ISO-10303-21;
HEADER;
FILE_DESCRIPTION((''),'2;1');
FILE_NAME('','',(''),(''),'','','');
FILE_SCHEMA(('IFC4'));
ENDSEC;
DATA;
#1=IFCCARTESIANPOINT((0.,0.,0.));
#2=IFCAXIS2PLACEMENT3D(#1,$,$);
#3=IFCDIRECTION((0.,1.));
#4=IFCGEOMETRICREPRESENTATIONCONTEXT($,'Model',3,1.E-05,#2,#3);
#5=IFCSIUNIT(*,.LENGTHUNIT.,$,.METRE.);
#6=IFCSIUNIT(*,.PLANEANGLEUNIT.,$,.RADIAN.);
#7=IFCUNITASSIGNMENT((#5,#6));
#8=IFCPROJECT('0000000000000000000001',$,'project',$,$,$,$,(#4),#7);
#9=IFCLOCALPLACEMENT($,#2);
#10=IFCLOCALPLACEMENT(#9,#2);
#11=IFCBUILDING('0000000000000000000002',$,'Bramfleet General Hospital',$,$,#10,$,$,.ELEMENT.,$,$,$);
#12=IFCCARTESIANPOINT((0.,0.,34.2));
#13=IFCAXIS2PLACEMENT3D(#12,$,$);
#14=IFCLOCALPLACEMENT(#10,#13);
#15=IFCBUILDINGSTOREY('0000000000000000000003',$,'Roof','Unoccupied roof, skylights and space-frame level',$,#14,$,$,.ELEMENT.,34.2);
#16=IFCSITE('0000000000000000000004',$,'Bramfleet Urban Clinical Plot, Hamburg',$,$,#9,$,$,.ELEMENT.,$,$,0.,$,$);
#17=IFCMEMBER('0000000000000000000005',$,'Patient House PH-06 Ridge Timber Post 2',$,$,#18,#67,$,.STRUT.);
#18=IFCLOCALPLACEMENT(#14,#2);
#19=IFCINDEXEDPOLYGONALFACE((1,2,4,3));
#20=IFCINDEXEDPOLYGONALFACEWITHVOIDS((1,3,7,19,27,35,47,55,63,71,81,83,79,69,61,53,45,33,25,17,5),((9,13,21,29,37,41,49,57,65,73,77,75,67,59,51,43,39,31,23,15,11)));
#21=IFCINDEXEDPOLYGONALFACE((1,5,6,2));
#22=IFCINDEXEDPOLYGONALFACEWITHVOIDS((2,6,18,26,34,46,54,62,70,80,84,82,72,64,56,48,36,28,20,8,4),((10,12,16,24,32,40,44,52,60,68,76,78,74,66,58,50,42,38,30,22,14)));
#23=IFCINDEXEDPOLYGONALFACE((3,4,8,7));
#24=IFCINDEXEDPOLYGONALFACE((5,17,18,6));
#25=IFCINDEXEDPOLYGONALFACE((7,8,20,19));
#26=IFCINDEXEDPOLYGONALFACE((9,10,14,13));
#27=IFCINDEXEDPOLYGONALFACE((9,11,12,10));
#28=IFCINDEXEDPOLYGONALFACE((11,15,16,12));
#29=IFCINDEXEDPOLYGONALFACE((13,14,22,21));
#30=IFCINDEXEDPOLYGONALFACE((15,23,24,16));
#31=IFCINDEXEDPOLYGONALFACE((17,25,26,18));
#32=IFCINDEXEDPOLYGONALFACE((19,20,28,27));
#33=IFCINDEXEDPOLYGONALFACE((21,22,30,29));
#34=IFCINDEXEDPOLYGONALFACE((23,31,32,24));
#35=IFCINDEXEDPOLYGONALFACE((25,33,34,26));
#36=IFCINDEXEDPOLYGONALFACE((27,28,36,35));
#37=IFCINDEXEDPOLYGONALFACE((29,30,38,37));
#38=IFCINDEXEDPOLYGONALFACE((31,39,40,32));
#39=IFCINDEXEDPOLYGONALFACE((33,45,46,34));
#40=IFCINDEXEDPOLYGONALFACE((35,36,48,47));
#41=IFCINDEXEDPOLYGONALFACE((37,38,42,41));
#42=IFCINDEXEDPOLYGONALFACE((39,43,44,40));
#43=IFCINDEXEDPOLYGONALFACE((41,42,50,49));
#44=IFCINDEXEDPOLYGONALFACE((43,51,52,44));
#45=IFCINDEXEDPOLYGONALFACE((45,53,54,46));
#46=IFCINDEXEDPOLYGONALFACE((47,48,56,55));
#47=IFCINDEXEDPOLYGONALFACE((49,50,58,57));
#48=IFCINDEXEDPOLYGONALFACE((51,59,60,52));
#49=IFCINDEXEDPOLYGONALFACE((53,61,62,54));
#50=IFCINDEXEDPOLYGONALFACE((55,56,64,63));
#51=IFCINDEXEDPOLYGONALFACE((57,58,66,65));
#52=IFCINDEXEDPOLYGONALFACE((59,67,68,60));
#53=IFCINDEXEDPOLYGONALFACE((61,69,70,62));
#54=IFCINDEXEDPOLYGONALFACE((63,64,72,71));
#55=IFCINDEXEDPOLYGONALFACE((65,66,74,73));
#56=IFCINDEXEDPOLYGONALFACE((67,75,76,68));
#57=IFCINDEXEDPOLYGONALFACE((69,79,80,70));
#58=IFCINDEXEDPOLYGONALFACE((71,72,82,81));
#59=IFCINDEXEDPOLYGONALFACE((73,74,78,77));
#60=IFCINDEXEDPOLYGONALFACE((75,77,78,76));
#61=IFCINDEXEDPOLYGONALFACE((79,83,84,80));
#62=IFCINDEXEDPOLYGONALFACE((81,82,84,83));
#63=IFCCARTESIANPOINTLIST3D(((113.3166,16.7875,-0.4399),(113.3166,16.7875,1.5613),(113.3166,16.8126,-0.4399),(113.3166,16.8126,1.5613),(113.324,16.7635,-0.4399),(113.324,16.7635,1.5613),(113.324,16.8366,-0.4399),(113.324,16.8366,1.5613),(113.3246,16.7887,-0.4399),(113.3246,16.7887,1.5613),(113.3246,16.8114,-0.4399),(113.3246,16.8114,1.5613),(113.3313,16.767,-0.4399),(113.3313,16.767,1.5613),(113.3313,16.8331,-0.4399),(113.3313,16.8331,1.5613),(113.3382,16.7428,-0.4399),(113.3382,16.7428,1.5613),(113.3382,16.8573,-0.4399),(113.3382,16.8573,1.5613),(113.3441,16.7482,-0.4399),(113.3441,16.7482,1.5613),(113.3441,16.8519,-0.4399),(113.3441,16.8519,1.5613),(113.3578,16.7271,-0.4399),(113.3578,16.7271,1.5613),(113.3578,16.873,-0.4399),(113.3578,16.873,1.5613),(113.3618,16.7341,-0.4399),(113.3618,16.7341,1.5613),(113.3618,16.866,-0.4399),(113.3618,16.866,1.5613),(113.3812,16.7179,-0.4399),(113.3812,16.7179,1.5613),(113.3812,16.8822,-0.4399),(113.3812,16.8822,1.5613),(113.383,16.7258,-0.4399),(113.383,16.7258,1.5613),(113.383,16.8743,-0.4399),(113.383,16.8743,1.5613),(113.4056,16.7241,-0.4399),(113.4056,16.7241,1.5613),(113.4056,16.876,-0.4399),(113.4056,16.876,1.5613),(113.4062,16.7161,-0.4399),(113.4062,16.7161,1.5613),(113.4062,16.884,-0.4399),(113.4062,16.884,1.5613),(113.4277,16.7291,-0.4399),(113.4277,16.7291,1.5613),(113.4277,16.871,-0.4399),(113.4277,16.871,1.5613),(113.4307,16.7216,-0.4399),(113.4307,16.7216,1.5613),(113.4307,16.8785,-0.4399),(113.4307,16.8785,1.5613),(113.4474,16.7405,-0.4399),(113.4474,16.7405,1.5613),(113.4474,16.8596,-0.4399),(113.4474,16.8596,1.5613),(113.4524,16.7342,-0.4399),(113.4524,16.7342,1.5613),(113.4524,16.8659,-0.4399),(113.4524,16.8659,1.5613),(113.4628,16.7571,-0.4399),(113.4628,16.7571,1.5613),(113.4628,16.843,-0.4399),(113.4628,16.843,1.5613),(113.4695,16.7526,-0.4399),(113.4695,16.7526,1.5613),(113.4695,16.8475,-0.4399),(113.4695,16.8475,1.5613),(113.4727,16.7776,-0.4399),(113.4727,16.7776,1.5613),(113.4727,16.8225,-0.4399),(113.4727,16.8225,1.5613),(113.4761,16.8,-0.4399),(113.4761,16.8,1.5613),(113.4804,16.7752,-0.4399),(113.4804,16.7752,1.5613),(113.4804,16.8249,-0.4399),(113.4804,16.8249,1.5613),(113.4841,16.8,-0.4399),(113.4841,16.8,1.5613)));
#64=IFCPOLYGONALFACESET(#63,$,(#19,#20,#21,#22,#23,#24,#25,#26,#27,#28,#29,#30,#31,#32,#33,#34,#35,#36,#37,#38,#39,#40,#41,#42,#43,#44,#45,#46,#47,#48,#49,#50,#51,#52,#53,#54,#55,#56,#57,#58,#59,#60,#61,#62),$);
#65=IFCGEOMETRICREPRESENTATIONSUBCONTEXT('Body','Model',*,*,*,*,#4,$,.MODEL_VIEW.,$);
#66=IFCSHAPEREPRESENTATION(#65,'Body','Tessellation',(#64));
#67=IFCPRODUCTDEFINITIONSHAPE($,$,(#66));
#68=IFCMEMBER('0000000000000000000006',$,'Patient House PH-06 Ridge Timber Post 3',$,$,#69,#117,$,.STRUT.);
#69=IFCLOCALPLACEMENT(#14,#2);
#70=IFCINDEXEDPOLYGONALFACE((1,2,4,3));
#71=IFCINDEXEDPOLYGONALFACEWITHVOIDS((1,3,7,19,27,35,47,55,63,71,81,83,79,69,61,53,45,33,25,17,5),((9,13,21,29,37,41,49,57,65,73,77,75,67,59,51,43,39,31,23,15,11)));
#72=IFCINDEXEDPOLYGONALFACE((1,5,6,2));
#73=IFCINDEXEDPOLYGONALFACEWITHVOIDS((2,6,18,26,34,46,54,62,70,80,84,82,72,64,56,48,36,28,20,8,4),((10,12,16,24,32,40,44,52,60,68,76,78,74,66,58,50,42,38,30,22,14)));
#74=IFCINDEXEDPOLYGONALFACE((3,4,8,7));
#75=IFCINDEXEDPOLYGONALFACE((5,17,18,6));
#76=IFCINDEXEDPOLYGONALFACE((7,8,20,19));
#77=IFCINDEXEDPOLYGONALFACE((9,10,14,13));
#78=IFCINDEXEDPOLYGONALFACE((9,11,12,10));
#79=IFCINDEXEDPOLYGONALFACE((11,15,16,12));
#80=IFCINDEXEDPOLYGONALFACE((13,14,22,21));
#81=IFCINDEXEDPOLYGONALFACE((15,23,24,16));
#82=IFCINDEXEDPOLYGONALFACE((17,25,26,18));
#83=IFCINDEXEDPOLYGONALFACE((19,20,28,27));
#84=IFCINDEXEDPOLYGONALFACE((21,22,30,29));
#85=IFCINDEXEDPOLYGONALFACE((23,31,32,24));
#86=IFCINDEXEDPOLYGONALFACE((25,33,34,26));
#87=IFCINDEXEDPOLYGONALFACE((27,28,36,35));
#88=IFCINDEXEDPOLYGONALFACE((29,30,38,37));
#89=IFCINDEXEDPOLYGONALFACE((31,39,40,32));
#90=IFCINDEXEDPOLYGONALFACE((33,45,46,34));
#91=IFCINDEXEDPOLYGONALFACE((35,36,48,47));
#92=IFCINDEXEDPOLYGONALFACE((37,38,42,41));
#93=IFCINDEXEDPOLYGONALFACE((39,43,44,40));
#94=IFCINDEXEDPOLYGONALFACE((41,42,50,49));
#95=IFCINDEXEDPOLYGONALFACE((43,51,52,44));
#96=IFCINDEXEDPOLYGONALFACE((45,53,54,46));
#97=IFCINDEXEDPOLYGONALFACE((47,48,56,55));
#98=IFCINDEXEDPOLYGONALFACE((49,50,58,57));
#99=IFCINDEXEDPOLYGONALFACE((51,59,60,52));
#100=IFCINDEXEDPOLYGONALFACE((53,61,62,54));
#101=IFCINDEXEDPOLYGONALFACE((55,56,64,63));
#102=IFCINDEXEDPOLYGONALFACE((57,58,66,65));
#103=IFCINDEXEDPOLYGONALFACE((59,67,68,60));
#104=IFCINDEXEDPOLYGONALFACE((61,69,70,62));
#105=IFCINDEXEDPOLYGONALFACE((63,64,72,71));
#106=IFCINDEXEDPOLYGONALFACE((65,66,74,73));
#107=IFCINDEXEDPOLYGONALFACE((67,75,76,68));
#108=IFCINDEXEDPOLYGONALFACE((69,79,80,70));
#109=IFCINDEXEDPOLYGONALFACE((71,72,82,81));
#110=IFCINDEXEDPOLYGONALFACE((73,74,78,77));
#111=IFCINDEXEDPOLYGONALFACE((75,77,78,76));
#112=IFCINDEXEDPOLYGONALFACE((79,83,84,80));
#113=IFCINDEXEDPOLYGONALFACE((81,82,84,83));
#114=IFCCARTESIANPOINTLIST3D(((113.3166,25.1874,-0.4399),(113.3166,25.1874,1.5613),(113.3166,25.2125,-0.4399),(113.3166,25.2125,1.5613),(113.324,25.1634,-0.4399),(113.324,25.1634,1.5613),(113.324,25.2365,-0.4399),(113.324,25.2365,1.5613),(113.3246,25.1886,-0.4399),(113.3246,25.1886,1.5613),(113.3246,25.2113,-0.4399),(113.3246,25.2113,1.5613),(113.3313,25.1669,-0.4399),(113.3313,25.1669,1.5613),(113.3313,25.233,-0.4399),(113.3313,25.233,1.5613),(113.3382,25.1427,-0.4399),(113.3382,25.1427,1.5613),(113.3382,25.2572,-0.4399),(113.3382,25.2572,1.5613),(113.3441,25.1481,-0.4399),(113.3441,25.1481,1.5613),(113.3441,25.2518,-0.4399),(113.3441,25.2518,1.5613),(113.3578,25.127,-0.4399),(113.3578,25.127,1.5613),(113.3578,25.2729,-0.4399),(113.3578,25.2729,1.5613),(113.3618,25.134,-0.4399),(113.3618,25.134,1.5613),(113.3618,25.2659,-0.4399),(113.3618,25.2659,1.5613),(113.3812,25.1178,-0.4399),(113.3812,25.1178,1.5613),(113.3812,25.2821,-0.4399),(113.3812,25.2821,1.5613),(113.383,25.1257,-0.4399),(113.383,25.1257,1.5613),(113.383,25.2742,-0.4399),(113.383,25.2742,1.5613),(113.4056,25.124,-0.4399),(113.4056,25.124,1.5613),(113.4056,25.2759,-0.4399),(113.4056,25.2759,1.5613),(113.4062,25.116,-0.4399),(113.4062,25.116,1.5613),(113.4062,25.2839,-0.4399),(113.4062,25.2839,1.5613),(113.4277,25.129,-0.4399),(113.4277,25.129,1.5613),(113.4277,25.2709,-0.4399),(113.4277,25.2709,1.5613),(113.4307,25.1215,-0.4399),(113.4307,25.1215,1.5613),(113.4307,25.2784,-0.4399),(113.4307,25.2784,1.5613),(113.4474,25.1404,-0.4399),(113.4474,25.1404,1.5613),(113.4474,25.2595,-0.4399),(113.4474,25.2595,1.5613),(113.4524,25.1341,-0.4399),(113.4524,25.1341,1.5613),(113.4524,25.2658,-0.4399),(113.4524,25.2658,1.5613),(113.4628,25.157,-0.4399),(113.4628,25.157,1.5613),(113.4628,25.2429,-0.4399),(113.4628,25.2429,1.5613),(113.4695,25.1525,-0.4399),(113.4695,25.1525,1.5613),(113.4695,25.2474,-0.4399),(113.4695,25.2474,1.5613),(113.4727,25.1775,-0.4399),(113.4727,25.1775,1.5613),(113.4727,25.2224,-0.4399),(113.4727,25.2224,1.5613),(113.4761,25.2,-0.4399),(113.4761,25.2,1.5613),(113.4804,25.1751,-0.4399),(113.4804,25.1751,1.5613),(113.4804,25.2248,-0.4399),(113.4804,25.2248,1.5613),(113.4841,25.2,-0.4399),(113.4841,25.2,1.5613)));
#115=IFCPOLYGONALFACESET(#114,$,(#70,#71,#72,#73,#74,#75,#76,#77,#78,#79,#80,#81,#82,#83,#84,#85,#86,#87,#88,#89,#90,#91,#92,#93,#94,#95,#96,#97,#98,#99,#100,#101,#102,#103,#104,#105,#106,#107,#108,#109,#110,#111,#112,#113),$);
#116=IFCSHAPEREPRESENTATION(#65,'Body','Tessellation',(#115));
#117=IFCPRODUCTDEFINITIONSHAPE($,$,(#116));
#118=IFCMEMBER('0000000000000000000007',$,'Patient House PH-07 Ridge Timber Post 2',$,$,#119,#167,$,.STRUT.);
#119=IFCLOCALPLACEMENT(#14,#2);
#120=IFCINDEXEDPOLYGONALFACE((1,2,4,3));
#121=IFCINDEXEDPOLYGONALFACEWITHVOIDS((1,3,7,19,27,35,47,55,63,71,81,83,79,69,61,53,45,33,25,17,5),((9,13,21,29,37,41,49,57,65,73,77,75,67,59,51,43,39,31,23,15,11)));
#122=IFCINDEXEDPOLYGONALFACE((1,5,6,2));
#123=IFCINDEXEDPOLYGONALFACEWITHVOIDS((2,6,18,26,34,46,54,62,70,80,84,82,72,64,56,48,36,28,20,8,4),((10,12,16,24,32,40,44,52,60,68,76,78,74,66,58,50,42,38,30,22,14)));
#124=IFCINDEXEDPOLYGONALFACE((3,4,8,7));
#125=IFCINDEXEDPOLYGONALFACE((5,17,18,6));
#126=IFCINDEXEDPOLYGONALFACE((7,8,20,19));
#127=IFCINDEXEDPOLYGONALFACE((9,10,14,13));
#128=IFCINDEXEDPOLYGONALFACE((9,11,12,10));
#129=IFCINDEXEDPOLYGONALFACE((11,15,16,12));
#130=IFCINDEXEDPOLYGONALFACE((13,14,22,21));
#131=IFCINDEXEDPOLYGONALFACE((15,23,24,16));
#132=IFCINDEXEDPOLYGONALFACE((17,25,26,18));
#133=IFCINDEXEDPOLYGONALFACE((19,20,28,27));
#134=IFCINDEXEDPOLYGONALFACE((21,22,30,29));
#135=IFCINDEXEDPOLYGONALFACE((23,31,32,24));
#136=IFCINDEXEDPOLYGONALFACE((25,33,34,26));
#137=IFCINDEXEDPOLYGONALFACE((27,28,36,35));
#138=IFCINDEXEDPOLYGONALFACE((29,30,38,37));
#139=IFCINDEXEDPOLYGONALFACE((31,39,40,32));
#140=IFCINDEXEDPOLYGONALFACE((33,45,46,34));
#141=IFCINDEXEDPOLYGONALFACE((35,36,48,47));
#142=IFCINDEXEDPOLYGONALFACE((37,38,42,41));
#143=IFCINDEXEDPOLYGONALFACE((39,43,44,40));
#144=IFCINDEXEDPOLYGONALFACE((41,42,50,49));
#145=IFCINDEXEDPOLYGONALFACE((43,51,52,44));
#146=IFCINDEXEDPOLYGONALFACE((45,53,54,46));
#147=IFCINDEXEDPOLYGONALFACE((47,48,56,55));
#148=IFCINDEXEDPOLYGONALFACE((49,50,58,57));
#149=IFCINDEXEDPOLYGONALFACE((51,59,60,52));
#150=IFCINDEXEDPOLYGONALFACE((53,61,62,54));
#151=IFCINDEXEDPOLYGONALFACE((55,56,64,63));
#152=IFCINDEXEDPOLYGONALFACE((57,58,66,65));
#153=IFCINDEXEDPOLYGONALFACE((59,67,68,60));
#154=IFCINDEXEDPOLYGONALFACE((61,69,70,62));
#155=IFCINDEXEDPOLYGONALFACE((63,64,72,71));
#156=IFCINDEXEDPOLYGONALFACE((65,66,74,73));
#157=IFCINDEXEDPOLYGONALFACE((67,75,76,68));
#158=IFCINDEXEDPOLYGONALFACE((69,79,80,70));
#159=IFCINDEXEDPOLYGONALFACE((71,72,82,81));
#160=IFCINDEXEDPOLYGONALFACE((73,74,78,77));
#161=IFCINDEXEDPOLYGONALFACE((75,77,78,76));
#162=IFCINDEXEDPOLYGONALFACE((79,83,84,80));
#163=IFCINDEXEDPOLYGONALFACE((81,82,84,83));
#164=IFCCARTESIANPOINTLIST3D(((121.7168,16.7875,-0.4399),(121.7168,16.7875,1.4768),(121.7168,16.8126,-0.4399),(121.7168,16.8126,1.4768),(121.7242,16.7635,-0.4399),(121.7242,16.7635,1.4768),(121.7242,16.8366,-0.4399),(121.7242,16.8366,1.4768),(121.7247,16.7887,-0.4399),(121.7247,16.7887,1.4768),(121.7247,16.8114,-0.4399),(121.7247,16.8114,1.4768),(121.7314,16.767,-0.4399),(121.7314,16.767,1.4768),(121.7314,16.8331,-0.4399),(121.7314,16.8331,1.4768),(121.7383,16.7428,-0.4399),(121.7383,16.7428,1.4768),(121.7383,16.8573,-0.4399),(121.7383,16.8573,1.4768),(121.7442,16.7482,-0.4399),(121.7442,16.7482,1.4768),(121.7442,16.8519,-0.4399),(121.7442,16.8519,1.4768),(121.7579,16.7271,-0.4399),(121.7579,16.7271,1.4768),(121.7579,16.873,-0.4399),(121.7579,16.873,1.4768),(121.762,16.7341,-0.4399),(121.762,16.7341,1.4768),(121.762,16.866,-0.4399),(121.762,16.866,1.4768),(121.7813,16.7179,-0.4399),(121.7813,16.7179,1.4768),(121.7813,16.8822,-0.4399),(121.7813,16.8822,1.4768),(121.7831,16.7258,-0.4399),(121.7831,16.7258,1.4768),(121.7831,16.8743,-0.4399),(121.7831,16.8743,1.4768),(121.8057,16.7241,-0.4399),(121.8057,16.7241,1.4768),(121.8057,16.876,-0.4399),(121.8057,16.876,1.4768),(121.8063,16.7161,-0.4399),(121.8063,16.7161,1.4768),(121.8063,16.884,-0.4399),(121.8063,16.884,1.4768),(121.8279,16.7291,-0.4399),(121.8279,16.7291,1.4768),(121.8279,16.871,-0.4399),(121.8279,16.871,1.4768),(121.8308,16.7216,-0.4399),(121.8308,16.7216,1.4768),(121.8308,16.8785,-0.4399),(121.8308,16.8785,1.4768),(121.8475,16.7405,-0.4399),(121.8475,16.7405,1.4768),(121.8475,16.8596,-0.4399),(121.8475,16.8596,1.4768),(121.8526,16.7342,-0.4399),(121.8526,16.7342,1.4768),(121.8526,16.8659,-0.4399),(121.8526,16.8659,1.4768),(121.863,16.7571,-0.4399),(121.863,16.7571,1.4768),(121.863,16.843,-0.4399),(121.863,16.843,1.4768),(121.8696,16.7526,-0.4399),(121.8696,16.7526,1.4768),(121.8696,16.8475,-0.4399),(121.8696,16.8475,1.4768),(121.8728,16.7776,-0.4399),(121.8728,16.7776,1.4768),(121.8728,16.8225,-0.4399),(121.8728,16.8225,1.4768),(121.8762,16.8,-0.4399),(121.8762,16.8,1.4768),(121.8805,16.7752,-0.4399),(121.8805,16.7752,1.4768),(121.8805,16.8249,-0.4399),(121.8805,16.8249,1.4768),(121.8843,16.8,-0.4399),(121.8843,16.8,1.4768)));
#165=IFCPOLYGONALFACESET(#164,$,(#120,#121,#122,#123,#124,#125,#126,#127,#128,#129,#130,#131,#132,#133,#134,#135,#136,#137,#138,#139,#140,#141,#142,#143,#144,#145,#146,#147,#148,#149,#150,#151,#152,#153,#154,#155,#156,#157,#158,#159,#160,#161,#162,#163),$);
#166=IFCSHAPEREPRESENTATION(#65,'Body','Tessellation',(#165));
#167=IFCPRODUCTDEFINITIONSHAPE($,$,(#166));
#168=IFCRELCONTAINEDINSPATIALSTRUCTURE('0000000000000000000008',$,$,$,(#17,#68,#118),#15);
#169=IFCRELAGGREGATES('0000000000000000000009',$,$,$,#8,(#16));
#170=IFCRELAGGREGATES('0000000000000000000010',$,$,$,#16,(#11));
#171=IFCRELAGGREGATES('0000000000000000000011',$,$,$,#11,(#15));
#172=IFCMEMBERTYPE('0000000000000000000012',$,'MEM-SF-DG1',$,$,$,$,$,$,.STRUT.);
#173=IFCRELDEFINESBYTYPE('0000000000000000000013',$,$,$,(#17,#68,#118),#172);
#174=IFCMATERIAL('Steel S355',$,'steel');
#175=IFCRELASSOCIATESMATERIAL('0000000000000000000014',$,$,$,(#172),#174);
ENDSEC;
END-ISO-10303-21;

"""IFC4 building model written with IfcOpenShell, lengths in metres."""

from ifc_helpers import new_model, si_unit, direction, frame, origin, origin_2d, place, context, subcontext, project, spatial, hollow_circle, extrude, material, material_profile, profile_set, type_object, element, save


model = new_model("IFC4")

# Units and contexts
model_context = context("Model", 3, precision=1e-05, world=origin(), true_north=direction((0.0, 1.0)))
body_context = subcontext(model_context, "Body", "Model", "MODEL_VIEW")
ifc_project = project(units=[si_unit("LENGTHUNIT", "METRE"), si_unit("PLANEANGLEUNIT", "RADIAN")], contexts=[model_context])

# Site, building, storey
site_placement = place(None, origin())
site = spatial("IfcSite", under=ifc_project, at=site_placement, Name="Bramfleet Urban Clinical Plot, Hamburg", CompositionType="ELEMENT", RefElevation=0.0)
building_placement = place(site_placement, origin())
building = spatial("IfcBuilding", under=site, at=building_placement, Name="Bramfleet General Hospital", CompositionType="ELEMENT")
storey_placement = place(building_placement, frame((0.0, 0.0, 34.2)))
storey = spatial("IfcBuildingStorey", under=building, at=storey_placement, Name="Roof", Description="Unoccupied roof, skylights and space-frame level", CompositionType="ELEMENT", Elevation=34.2)

# Members
ifc_material_1 = material(Name="Steel S355", Category="steel")
ifc_material_profile_1 = material_profile(ifc_material_1, hollow_circle(Radius=0.0842, WallThickness=0.0081, at=origin_2d()), Name="CHS 168.3x8.0")
ifc_profile_set_1 = profile_set([ifc_material_profile_1], Name="Steel S355")
member_type_1 = type_object("IfcMemberType", Name="MEM-SF-DG1", PredefinedType="STRUT", material=ifc_profile_set_1)
for number, where, z_axis, x_axis, name in (
    (1, (113.3999, 16.8, -0.4399), (0.0, 0.0, 1.0), (1.0, 0.0, 0.0), "Patient House PH-06 Ridge Timber Post 2"),
    (2, (113.3999, 25.2, -0.4399), (0.0, 0.0, 1.0), (1.0, 0.0, 0.0), "Patient House PH-06 Ridge Timber Post 3"),
):
    element("IfcMember", number, at=place(storey_placement, frame(where, z_axis=z_axis, x_axis=x_axis)), inside=storey, type_object=member_type_1, Name=name, PredefinedType="STRUT", context=body_context, shape_type="SweptSolid", body=[
        extrude(hollow_circle(Radius=0.0842, WallThickness=0.0081, at=origin_2d()), origin(), (0.0, 0.0, 1.0), 2.0012),
    ])
for number, where, z_axis, x_axis, name in (
    (3, (121.8, 16.8, -0.4399), (0.0, 0.0, 1.0), (1.0, 0.0, 0.0), "Patient House PH-07 Ridge Timber Post 2"),
):
    element("IfcMember", number, at=place(storey_placement, frame(where, z_axis=z_axis, x_axis=x_axis)), inside=storey, type_object=member_type_1, Name=name, PredefinedType="STRUT", context=body_context, shape_type="SweptSolid", body=[
        extrude(hollow_circle(Radius=0.0842, WallThickness=0.0081, at=origin_2d()), origin(), (0.0, 0.0, 1.0), 1.9167),
    ])

save(model, "model.ifc")
